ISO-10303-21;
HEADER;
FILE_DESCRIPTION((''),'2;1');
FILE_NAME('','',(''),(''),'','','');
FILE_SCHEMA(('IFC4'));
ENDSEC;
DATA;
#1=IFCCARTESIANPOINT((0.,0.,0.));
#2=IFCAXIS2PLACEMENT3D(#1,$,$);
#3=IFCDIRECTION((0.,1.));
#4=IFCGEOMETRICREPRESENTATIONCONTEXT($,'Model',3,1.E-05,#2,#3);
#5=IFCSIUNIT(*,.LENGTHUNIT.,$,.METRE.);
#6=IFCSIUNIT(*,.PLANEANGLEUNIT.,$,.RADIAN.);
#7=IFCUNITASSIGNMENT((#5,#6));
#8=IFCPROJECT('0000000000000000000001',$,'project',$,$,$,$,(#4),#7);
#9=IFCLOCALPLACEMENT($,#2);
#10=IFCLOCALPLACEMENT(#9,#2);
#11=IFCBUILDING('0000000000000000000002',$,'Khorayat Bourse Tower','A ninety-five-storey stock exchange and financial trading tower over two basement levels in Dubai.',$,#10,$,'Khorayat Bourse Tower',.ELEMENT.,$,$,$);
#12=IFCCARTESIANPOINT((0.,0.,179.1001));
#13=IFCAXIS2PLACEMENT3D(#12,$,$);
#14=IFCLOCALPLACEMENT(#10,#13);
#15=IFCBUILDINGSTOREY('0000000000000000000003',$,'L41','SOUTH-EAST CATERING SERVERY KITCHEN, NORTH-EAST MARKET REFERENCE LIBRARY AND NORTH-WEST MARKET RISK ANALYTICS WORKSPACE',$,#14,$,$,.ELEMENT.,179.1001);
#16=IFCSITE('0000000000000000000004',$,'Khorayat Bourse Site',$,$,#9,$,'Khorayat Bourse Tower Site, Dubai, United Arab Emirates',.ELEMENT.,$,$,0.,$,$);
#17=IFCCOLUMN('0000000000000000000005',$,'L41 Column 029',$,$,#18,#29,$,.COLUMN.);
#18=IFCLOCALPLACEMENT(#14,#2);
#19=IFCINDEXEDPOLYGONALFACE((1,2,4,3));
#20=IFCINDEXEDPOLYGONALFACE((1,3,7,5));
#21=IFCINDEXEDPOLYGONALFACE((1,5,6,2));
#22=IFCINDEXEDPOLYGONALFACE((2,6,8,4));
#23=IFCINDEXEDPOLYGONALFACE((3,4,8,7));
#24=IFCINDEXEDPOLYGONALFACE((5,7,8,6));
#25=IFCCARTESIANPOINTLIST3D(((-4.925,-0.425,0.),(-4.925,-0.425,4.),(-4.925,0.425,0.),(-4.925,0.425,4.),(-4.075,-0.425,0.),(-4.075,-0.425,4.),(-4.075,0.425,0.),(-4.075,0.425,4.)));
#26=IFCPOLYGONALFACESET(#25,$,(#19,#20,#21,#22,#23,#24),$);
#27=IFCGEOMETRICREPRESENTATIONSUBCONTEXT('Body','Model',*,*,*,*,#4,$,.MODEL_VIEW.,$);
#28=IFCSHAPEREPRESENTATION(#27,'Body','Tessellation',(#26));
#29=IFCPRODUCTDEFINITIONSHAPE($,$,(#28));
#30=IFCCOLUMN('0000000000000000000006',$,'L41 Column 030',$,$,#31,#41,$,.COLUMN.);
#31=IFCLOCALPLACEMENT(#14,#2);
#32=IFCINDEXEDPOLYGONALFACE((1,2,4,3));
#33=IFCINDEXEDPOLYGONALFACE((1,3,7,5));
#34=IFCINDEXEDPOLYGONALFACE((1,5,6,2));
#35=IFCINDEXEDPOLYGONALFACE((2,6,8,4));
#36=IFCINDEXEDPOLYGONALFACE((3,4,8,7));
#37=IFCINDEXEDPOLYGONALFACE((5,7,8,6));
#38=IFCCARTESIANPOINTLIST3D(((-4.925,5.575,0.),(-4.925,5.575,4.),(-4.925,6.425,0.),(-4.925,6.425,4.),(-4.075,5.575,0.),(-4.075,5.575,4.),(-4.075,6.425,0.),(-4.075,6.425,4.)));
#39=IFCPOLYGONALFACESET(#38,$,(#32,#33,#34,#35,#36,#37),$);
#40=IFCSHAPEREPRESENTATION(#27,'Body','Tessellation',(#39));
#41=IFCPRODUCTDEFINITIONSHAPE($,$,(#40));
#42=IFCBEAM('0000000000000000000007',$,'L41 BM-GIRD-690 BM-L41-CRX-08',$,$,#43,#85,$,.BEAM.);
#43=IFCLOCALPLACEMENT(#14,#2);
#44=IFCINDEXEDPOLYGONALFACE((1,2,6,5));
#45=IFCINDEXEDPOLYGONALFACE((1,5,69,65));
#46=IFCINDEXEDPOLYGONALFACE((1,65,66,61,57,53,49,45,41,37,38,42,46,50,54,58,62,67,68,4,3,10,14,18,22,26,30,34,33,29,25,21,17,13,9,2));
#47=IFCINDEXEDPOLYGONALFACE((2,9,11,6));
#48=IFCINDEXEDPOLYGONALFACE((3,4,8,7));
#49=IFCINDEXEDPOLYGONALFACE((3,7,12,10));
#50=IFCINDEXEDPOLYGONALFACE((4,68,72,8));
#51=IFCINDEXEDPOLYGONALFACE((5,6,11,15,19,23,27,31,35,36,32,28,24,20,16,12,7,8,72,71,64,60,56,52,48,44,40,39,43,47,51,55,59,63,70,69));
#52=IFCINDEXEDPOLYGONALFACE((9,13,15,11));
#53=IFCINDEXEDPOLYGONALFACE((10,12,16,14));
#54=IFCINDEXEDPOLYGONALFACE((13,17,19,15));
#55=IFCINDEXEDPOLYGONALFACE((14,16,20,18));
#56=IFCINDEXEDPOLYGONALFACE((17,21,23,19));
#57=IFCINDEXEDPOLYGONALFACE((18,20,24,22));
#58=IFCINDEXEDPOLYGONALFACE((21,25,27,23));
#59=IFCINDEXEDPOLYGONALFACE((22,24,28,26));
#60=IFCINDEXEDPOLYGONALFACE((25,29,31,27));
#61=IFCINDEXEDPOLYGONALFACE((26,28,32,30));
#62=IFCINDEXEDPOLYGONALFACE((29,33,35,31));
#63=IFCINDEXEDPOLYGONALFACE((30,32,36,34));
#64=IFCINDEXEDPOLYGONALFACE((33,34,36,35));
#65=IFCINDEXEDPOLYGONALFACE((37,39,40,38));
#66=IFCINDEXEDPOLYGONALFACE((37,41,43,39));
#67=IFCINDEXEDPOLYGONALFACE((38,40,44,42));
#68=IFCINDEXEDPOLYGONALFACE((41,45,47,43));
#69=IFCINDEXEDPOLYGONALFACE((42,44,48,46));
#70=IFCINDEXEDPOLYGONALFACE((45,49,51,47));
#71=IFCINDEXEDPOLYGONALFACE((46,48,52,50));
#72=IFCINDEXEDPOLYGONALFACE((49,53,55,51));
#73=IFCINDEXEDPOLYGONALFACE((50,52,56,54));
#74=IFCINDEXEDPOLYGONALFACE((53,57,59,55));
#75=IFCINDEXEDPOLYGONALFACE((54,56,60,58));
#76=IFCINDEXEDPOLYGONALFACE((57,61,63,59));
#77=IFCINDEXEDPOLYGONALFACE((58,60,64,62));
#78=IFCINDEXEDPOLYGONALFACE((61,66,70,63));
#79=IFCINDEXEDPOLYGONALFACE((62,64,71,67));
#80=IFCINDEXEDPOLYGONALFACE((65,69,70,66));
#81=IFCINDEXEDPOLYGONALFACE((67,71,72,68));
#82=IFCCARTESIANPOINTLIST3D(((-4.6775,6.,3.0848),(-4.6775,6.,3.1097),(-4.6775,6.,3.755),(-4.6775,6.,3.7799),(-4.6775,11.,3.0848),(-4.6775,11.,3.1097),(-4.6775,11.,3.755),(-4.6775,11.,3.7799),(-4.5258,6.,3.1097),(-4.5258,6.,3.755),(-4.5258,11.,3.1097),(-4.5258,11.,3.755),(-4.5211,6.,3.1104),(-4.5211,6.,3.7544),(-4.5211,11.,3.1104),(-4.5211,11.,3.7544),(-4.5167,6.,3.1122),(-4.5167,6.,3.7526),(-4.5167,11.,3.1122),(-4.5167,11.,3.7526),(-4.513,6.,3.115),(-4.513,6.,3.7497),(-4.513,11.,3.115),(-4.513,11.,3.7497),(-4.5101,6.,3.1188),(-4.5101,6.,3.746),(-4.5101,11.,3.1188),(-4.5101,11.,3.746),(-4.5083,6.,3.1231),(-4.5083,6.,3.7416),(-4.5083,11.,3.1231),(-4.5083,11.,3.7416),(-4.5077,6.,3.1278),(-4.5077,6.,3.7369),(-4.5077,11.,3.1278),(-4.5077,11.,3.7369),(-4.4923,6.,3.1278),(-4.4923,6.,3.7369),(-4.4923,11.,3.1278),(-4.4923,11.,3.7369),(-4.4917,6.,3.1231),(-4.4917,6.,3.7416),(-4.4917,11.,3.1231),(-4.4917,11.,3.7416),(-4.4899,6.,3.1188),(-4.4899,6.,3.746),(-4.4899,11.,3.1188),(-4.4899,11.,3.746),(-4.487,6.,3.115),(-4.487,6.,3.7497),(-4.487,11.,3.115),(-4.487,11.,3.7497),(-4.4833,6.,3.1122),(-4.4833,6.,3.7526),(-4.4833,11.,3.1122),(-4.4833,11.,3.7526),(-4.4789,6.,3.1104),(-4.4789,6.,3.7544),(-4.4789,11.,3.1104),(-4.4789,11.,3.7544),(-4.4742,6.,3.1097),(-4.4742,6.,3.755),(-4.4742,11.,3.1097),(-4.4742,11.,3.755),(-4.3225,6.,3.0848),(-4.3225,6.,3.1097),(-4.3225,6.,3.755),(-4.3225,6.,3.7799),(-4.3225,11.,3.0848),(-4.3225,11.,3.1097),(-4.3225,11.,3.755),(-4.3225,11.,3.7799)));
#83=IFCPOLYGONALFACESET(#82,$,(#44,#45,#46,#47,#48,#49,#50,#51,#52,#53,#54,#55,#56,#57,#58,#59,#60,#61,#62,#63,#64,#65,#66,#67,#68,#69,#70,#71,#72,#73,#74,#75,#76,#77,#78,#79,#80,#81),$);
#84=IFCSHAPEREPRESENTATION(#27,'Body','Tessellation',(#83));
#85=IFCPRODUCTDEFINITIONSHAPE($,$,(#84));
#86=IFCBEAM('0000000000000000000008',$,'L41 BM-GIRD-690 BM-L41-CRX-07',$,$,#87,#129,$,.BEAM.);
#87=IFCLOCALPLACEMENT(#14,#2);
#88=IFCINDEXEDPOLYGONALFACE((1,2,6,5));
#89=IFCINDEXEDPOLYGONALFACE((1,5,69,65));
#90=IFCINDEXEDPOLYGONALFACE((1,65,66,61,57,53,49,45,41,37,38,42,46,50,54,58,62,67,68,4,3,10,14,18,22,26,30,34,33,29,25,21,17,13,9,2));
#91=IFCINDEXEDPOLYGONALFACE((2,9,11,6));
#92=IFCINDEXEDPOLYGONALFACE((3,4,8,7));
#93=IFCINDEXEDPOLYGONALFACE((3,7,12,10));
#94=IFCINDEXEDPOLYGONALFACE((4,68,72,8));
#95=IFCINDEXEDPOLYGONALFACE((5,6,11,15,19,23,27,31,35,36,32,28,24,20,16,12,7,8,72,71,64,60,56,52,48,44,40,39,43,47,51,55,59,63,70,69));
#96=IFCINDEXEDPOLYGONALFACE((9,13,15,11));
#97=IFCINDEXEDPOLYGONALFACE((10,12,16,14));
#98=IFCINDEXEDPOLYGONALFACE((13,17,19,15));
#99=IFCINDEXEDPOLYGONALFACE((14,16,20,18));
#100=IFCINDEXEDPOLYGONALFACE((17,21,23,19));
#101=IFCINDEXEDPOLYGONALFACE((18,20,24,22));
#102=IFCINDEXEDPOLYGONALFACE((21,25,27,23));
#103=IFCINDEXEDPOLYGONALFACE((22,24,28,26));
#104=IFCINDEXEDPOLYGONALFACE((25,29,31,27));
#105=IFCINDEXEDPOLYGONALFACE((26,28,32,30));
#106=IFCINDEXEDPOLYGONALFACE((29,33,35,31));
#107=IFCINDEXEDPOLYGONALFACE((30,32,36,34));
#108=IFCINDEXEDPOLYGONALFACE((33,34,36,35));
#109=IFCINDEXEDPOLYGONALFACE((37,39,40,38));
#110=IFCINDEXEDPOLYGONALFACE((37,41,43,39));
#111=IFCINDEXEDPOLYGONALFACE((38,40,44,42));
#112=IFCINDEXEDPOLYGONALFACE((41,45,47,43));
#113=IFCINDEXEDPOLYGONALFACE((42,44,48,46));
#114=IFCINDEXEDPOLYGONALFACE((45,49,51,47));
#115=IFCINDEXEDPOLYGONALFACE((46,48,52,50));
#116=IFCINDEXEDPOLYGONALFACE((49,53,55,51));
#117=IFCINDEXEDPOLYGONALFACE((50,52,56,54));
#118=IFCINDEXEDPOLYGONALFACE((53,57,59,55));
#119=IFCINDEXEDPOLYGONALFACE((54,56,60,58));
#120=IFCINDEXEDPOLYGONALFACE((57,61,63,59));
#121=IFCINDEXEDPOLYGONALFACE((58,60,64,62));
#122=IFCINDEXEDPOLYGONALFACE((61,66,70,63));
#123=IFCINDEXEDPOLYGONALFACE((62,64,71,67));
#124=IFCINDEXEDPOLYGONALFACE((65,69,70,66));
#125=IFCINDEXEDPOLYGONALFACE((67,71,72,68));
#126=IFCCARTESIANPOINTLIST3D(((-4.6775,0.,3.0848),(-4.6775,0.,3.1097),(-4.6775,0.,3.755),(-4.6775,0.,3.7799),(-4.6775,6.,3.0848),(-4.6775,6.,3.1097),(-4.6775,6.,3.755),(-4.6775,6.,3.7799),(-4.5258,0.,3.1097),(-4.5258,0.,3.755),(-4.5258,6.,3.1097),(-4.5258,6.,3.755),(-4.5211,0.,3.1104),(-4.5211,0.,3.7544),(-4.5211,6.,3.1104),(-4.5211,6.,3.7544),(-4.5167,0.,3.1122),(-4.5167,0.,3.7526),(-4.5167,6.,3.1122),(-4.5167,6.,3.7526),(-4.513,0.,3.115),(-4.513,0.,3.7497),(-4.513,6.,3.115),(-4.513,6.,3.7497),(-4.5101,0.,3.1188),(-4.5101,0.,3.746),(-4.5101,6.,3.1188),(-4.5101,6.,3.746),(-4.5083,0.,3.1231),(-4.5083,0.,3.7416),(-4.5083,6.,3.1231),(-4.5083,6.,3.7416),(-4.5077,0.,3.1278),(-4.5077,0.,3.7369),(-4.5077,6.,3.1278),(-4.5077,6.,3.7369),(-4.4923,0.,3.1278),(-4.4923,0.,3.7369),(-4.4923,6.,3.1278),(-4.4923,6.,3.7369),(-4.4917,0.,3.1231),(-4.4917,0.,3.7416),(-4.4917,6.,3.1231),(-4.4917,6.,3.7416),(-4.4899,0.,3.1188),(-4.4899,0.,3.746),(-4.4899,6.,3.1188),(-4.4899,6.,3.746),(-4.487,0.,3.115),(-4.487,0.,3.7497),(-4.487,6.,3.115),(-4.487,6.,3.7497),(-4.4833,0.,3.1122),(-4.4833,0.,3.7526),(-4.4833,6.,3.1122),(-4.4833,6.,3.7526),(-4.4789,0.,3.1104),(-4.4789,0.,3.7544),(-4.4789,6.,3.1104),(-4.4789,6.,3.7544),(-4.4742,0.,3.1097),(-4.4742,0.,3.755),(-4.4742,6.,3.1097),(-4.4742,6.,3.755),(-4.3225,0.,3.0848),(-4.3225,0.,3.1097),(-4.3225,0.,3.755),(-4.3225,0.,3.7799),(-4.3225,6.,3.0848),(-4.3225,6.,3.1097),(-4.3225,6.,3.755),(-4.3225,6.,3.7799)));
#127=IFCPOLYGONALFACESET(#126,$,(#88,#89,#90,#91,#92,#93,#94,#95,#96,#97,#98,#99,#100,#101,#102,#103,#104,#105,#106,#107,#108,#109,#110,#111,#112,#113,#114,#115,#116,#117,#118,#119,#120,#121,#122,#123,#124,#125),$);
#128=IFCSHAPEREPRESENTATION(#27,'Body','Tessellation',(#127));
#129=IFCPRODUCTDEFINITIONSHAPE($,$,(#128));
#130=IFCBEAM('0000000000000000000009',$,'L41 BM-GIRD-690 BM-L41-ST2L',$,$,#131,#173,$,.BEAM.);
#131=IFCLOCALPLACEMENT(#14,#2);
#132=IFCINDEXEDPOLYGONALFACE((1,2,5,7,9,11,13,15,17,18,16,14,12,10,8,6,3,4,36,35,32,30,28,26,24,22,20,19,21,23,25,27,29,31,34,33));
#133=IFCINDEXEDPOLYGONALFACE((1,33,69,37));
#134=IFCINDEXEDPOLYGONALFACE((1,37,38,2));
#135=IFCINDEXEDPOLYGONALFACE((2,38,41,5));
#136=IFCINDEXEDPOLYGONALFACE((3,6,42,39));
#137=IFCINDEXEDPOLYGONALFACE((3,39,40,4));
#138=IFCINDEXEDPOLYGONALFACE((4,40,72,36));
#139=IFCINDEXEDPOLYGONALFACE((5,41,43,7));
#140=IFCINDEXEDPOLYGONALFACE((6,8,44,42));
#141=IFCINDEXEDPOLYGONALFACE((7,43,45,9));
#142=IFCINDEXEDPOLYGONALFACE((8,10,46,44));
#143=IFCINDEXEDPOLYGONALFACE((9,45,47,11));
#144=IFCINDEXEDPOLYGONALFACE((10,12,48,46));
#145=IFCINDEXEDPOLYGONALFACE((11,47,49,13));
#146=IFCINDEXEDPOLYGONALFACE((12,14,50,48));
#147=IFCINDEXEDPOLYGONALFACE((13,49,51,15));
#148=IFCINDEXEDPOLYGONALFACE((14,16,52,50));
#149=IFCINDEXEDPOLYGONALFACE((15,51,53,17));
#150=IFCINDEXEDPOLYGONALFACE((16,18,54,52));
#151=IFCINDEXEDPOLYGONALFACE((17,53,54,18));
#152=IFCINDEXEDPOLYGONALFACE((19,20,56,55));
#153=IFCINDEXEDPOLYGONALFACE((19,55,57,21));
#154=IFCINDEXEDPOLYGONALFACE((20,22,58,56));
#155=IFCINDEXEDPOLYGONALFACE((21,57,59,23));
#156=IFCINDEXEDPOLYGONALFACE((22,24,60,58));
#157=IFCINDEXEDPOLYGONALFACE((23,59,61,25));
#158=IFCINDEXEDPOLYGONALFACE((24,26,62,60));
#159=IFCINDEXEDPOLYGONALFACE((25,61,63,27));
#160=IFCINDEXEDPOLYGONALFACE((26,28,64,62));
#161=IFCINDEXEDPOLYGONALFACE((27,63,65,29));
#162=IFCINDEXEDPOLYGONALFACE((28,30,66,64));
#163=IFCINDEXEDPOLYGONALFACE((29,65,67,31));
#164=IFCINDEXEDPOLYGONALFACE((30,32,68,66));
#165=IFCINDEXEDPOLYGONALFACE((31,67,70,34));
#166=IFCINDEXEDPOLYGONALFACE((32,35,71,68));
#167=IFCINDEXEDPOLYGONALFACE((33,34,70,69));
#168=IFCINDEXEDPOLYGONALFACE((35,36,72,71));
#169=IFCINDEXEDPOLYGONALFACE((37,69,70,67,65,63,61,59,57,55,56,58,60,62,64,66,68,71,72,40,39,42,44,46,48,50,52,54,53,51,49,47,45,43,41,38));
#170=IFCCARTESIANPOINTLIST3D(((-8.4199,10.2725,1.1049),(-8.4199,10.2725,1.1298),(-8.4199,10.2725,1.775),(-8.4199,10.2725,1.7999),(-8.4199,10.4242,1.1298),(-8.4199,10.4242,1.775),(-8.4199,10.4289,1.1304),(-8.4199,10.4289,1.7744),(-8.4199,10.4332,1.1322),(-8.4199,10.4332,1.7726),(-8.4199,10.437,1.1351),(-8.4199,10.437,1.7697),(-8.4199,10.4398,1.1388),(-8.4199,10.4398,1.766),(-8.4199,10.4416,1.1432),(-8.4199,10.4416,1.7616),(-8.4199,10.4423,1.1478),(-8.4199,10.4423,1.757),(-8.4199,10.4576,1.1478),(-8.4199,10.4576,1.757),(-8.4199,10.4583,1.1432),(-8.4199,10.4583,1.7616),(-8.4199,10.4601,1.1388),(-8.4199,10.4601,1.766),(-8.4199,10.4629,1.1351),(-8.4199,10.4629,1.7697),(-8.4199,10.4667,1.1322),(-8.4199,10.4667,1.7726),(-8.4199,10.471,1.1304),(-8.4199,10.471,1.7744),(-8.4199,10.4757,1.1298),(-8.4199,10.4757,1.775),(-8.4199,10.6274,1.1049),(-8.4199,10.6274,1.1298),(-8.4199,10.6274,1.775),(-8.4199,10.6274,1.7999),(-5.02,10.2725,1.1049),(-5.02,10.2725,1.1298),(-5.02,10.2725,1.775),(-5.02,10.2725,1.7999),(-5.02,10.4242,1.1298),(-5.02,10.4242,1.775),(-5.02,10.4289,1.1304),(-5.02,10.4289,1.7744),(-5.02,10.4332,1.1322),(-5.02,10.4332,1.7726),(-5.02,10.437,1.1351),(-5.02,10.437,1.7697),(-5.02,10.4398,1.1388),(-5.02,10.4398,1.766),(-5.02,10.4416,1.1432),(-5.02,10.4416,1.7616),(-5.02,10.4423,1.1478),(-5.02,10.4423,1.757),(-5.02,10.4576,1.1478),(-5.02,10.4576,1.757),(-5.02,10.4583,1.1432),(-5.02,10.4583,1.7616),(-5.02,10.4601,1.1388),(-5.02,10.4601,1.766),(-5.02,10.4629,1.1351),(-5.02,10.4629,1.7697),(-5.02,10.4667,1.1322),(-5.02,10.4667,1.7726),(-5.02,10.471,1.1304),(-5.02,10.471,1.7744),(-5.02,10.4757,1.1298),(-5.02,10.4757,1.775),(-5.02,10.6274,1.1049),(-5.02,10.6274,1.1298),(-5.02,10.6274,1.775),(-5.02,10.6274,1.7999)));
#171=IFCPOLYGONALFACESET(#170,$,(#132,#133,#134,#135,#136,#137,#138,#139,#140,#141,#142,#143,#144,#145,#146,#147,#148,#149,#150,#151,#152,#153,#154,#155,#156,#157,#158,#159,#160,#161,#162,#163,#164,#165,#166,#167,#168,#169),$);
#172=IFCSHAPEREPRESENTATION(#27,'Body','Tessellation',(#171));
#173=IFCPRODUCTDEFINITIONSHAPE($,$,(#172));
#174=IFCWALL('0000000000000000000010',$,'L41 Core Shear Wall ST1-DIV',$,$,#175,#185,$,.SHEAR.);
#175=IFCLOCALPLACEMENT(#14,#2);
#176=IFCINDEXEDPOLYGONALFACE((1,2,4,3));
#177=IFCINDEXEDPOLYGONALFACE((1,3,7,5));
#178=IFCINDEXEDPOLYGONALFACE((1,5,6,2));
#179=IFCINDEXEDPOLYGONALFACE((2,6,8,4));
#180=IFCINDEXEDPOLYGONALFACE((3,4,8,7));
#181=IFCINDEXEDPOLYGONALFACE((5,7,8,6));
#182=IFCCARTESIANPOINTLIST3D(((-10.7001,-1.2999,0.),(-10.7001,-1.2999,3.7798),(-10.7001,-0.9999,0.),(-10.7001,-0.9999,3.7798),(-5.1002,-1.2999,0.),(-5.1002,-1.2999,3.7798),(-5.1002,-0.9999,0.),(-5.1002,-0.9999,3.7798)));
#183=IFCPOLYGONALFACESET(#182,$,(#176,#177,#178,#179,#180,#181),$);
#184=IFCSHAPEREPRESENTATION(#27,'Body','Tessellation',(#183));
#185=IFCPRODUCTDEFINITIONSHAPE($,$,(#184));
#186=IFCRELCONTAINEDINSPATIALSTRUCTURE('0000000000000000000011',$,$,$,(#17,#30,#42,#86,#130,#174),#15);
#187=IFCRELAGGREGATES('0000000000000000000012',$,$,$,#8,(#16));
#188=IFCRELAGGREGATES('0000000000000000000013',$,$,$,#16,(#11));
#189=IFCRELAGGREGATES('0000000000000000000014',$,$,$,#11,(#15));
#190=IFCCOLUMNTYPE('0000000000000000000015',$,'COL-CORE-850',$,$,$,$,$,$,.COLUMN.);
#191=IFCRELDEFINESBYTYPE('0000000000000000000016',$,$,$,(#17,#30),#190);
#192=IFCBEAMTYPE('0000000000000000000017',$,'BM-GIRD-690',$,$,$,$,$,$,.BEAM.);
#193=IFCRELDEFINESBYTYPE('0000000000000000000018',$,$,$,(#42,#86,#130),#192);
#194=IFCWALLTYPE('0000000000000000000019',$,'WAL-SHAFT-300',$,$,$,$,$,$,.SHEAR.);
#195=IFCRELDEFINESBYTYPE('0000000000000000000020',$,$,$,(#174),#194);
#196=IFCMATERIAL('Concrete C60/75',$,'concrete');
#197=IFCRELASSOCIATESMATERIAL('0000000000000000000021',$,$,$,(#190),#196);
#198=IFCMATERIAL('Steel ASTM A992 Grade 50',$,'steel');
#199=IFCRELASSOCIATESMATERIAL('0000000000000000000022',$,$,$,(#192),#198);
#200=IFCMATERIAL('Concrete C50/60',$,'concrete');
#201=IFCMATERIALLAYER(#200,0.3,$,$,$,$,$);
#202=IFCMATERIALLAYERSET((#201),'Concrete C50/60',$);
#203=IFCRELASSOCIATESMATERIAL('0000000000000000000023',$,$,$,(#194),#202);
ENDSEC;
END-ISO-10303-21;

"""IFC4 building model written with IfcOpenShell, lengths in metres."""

from ifc_helpers import new_model, si_unit, direction, frame, frame_2d, origin, origin_2d, place, context, subcontext, project, spatial, rectangle, i_section, extrude, source, transform, mapped, material, layer, layer_set, material_profile, profile_set, type_object, element, save


model = new_model("IFC4")

# Units and contexts
model_context = context("Model", 3, precision=1e-05, world=origin(), true_north=direction((0.0, 1.0)))
body_context = subcontext(model_context, "Body", "Model", "MODEL_VIEW")
ifc_project = project(units=[si_unit("LENGTHUNIT", "METRE"), si_unit("PLANEANGLEUNIT", "RADIAN")], contexts=[model_context])

# Site, building, storey
site_placement = place(None, origin())
site = spatial("IfcSite", under=ifc_project, at=site_placement, Name="Khorayat Bourse Site", LongName="Khorayat Bourse Tower Site, Dubai, United Arab Emirates", CompositionType="ELEMENT", RefElevation=0.0)
building_placement = place(site_placement, origin())
building = spatial("IfcBuilding", under=site, at=building_placement, Name="Khorayat Bourse Tower", Description="A ninety-five-storey stock exchange and financial trading tower over two basement levels in Dubai.", LongName="Khorayat Bourse Tower", CompositionType="ELEMENT")
storey_placement = place(building_placement, frame((0.0, 0.0, 179.1001)))
storey = spatial("IfcBuildingStorey", under=building, at=storey_placement, Name="L41", Description="SOUTH-EAST CATERING SERVERY KITCHEN, NORTH-EAST MARKET REFERENCE LIBRARY AND NORTH-WEST MARKET RISK ANALYTICS WORKSPACE", CompositionType="ELEMENT", Elevation=179.1001)

# Columns
ifc_material_1 = material(Name="Concrete C60/75", Category="concrete")
ifc_material_profile_1 = material_profile(ifc_material_1, rectangle(XDim=0.8501, YDim=0.8501, at=origin_2d()), Name="RC 850x850")
ifc_profile_set_1 = profile_set([ifc_material_profile_1], Name="Concrete C60/75")
column_type = type_object("IfcColumnType", Name="COL-CORE-850", PredefinedType="COLUMN", material=ifc_profile_set_1)
shared_shape_1 = source(origin(), body_context, "Body", "SweptSolid", [
    extrude(rectangle(XDim=0.8501, YDim=0.8501, at=origin_2d()), origin(), (0.0, 0.0, 1.0), 4.0),
])
for number, where, z_axis, x_axis, name in (
    (1, (-4.5, 0.0, 0.0), (0.0, 0.0, 1.0), (1.0, 0.0, 0.0), "L41 Column 029"),
    (2, (-4.5, 6.0, 0.0), (0.0, 0.0, 1.0), (1.0, 0.0, 0.0), "L41 Column 030"),
):
    element("IfcColumn", number, at=place(storey_placement, frame(where, z_axis=z_axis, x_axis=x_axis)), inside=storey, type_object=column_type, Name=name, PredefinedType="COLUMN", context=body_context, shape_type="MappedRepresentation", body=[
        mapped(shared_shape_1, transform((0.0, 0.0, 0.0), scale=1.0)),
    ])

# Beams
ifc_material_2 = material(Name="Steel ASTM A992 Grade 50", Category="steel")
ifc_material_profile_2 = material_profile(ifc_material_2, i_section(OverallWidth=0.355, OverallDepth=0.6951, WebThickness=0.0154, FlangeThickness=0.0249, FilletRadius=0.0181, at=origin_2d()), Name="W690X217")
ifc_profile_set_2 = profile_set([ifc_material_profile_2], Name="Steel ASTM A992 Grade 50")
beam_type = type_object("IfcBeamType", Name="BM-GIRD-690", PredefinedType="BEAM", material=ifc_profile_set_2)
shared_shape_2 = source(origin(), body_context, "Body", "SweptSolid", [
    extrude(i_section(OverallWidth=0.355, OverallDepth=0.6951, WebThickness=0.0154, FlangeThickness=0.0249, FilletRadius=0.0181, at=origin_2d()), origin(), (0.0, 0.0, 1.0), 5.0),
])
beam_1_placement = place(storey_placement, frame((-4.5, 6.0, 3.4324), z_axis=(0.0, 1.0, 0.0), x_axis=(-1.0, 0.0, 0.0)))
element("IfcBeam", 3, at=beam_1_placement, inside=storey, type_object=beam_type, Name="L41 BM-GIRD-690 BM-L41-CRX-08", PredefinedType="BEAM", context=body_context, shape_type="MappedRepresentation", body=[
    mapped(shared_shape_2, transform((0.0, 0.0, 0.0), scale=1.0)),
])
shared_shape_3 = source(origin(), body_context, "Body", "SweptSolid", [
    extrude(i_section(OverallWidth=0.355, OverallDepth=0.6951, WebThickness=0.0154, FlangeThickness=0.0249, FilletRadius=0.0181, at=origin_2d()), origin(), (0.0, 0.0, 1.0), 6.0),
])
beam_2_placement = place(storey_placement, frame((-4.5, 0.0, 3.4324), z_axis=(0.0, 1.0, 0.0), x_axis=(-1.0, 0.0, 0.0)))
element("IfcBeam", 4, at=beam_2_placement, inside=storey, type_object=beam_type, Name="L41 BM-GIRD-690 BM-L41-CRX-07", PredefinedType="BEAM", context=body_context, shape_type="MappedRepresentation", body=[
    mapped(shared_shape_3, transform((0.0, 0.0, 0.0), scale=1.0)),
])
shared_shape_4 = source(origin(), body_context, "Body", "SweptSolid", [
    extrude(i_section(OverallWidth=0.355, OverallDepth=0.6951, WebThickness=0.0154, FlangeThickness=0.0249, FilletRadius=0.0181, at=origin_2d()), origin(), (0.0, 0.0, 1.0), 3.3999),
])
beam_3_placement = place(storey_placement, frame((-8.4199, 10.45, 1.4524), z_axis=(1.0, 0.0, 0.0), x_axis=(0.0, 1.0, 0.0)))
element("IfcBeam", 5, at=beam_3_placement, inside=storey, type_object=beam_type, Name="L41 BM-GIRD-690 BM-L41-ST2L", PredefinedType="BEAM", context=body_context, shape_type="MappedRepresentation", body=[
    mapped(shared_shape_4, transform((0.0, 0.0, 0.0), scale=1.0)),
])

# Wall
ifc_material_3 = material(Name="Concrete C50/60", Category="concrete")
ifc_layer_1 = layer(ifc_material_3, 0.3)
ifc_layer_set_1 = layer_set([ifc_layer_1], Name="Concrete C50/60")
wall_type_1 = type_object("IfcWallType", Name="WAL-SHAFT-300", PredefinedType="SHEAR", material=ifc_layer_set_1)
shared_shape_5 = source(origin(), body_context, "Body", "SweptSolid", [
    extrude(rectangle(XDim=5.5999, YDim=0.3, at=frame_2d((2.7998, 0.0))), origin(), (0.0, 0.0, 1.0), 3.7798),
])
for number, where, z_axis, x_axis, name in (
    (6, (-10.7, -1.1499, 0.0), (0.0, 0.0, 1.0), (1.0, 0.0, 0.0), "L41 Core Shear Wall ST1-DIV"),
):
    element("IfcWall", number, at=place(storey_placement, frame(where, z_axis=z_axis, x_axis=x_axis)), inside=storey, type_object=wall_type_1, Name=name, PredefinedType="SHEAR", context=body_context, shape_type="MappedRepresentation", body=[
        mapped(shared_shape_5, transform((0.0, 0.0, 0.0), scale=1.0)),
    ])

save(model, "model.ifc")
